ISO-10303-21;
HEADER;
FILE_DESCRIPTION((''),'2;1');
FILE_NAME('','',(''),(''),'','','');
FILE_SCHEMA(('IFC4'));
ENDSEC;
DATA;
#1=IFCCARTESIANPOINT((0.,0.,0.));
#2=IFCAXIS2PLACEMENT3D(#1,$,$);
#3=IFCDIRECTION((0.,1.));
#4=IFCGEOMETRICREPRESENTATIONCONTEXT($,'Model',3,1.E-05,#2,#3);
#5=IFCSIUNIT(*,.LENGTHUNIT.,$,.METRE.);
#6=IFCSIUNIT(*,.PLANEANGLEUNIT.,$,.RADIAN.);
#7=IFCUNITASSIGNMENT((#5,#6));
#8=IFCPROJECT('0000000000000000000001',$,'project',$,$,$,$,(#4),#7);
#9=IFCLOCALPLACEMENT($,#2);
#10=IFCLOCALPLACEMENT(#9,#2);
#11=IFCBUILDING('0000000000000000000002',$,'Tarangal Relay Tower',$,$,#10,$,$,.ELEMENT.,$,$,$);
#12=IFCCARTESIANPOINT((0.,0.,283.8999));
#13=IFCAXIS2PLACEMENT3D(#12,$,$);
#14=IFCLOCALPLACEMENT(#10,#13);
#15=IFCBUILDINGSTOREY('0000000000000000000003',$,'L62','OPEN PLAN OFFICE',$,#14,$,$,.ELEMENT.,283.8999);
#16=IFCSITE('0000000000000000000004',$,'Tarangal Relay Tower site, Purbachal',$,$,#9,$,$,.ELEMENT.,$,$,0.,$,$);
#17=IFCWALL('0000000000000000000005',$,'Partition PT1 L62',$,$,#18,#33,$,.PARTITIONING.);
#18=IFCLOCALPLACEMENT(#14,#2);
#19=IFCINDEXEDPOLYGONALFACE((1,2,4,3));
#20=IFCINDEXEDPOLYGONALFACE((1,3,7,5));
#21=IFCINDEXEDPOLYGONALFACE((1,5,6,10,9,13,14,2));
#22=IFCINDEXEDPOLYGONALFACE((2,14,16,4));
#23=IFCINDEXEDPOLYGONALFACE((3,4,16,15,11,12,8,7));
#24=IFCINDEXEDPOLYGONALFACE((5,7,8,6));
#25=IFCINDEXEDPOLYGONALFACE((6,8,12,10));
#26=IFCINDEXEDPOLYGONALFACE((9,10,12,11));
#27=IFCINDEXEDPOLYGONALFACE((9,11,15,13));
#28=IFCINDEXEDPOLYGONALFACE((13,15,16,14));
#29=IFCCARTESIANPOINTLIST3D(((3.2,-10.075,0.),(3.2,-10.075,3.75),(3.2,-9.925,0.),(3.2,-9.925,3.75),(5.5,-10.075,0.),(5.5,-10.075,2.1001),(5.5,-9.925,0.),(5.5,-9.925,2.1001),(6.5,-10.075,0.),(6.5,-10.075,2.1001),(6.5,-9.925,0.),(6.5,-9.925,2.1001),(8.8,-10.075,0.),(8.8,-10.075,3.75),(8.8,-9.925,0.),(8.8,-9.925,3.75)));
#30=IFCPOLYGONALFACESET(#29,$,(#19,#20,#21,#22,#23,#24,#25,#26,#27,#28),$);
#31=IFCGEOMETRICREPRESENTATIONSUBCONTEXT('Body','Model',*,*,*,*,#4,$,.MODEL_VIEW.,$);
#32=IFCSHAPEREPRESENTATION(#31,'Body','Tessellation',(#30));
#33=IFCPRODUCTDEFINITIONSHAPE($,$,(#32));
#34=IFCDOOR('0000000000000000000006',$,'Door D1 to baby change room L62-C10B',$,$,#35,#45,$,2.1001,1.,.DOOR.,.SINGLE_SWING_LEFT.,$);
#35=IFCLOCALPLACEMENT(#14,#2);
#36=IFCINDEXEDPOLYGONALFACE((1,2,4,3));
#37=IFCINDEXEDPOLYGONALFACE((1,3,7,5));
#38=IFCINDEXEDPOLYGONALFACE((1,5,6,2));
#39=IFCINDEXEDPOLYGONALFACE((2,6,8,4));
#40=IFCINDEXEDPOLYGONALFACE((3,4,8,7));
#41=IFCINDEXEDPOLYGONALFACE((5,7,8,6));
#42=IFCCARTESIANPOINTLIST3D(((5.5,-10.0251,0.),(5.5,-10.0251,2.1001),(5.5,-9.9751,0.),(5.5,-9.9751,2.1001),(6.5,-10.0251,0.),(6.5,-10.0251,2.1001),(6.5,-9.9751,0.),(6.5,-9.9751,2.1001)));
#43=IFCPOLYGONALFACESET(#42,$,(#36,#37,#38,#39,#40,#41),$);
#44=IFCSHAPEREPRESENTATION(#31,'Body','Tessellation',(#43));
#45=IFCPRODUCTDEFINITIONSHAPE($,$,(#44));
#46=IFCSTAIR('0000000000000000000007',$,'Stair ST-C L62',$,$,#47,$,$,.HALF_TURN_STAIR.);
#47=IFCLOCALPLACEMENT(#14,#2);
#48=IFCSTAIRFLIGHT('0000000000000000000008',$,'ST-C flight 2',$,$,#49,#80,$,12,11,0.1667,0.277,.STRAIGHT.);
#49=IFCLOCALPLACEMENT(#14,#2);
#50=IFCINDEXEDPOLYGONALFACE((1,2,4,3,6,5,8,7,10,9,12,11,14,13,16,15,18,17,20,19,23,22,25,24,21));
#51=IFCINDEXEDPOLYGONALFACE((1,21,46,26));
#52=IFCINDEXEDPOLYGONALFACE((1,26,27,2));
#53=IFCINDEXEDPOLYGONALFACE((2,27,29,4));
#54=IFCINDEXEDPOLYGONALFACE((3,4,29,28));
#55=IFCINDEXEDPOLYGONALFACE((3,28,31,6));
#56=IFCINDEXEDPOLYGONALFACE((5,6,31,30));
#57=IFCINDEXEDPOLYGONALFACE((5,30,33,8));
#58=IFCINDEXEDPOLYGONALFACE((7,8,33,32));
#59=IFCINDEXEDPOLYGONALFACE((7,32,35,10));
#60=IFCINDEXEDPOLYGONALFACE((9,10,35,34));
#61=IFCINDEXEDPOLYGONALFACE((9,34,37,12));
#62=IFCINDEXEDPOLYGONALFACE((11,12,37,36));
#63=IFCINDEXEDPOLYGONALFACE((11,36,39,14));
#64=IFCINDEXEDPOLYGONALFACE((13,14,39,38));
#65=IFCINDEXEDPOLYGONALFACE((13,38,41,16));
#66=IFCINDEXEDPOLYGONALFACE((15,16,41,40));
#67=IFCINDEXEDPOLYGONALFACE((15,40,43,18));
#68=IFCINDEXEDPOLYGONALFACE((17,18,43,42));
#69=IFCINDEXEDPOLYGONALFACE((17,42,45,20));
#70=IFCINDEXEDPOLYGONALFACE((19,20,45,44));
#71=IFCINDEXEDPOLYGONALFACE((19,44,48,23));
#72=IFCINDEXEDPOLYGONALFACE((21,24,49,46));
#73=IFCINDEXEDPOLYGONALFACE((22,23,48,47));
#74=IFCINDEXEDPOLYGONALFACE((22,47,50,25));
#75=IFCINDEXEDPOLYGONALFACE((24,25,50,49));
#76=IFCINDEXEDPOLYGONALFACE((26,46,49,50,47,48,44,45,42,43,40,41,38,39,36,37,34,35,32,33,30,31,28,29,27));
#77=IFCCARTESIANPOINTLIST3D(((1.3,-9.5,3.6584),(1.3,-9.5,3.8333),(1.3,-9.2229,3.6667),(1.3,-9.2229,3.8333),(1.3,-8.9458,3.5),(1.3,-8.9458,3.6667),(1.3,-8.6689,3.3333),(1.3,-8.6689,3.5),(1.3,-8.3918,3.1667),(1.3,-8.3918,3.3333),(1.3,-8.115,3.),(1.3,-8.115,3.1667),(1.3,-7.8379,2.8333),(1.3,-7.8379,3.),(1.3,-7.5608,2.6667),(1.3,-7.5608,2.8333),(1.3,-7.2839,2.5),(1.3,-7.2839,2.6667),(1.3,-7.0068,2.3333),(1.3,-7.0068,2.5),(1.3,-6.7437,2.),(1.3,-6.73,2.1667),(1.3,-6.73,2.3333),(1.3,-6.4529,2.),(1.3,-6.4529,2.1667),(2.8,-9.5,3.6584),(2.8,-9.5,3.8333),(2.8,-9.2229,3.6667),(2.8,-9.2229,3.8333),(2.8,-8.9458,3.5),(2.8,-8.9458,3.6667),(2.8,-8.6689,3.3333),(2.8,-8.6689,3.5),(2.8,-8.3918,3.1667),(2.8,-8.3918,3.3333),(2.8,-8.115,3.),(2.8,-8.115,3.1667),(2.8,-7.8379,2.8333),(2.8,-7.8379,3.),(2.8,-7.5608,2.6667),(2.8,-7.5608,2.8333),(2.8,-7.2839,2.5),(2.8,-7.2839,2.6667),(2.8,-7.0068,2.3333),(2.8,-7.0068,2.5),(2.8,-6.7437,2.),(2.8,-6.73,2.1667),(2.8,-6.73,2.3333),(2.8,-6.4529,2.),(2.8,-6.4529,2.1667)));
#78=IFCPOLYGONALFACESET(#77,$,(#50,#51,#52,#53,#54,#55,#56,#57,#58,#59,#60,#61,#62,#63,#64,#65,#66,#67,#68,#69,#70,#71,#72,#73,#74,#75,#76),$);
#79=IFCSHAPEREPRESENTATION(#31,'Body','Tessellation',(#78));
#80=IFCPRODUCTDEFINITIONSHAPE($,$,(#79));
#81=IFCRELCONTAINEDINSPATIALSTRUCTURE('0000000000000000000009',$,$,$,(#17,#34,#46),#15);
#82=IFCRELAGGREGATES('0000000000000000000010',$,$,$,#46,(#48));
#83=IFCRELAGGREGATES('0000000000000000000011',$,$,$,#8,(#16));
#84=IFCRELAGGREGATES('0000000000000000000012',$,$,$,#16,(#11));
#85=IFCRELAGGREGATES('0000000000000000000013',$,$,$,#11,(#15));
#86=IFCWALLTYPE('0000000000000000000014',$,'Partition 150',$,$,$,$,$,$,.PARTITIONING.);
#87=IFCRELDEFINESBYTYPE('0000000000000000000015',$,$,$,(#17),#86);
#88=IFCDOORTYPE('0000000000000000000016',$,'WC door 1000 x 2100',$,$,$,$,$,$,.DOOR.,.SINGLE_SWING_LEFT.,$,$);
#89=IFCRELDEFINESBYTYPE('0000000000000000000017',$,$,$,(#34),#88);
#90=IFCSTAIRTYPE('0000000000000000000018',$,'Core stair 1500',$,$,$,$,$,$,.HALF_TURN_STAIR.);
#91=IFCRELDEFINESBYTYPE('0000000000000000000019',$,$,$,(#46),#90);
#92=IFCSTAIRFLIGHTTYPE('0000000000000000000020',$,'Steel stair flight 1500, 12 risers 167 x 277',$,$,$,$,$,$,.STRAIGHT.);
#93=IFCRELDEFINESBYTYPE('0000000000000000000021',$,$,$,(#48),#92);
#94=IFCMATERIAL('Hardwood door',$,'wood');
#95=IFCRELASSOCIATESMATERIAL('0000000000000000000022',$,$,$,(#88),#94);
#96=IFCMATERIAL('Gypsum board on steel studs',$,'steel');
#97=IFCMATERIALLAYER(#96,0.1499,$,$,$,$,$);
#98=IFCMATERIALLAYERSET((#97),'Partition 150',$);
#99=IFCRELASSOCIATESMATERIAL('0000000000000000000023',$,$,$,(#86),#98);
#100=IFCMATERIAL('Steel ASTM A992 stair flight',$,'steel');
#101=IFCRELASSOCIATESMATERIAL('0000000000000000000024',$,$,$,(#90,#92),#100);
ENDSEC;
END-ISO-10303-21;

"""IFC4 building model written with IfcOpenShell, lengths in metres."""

from ifc_helpers import new_model, si_unit, direction, frame, frame_2d, origin, place, context, subcontext, project, spatial, polyline, rectangle, outline, extrude, material, layer, layer_set, type_object, element, fill, aggregate, save


model = new_model("IFC4")

# Units and contexts
model_context = context("Model", 3, precision=1e-05, world=origin(), true_north=direction((0.0, 1.0)))
body_context = subcontext(model_context, "Body", "Model", "MODEL_VIEW")
ifc_project = project(units=[si_unit("LENGTHUNIT", "METRE"), si_unit("PLANEANGLEUNIT", "RADIAN")], contexts=[model_context])

# Site, building, storey
site_placement = place(None, origin())
site = spatial("IfcSite", under=ifc_project, at=site_placement, Name="Tarangal Relay Tower site, Purbachal", CompositionType="ELEMENT", RefElevation=0.0)
building_placement = place(site_placement, origin())
building = spatial("IfcBuilding", under=site, at=building_placement, Name="Tarangal Relay Tower", CompositionType="ELEMENT")
storey_placement = place(building_placement, frame((0.0, 0.0, 283.8999)))
storey = spatial("IfcBuildingStorey", under=building, at=storey_placement, Name="L62", Description="OPEN PLAN OFFICE", CompositionType="ELEMENT", Elevation=283.8999)

# Shared definitions
ifc_material_1 = material(Name="Hardwood door", Category="wood")
door_type = type_object("IfcDoorType", Name="WC door 1000 x 2100", OperationType="SINGLE_SWING_LEFT", PredefinedType="DOOR", material=ifc_material_1)

# Shared definitions
ifc_material_2 = material(Name="Gypsum board on steel studs", Category="steel")
ifc_layer_1 = layer(ifc_material_2, 0.1499)
ifc_layer_set_1 = layer_set([ifc_layer_1], Name="Partition 150")
wall_type_1 = type_object("IfcWallType", Name="Partition 150", PredefinedType="PARTITIONING", material=ifc_layer_set_1)

# Wall, opening, door
wall_1_placement = place(storey_placement, frame((3.2, -10.0, 0.0), z_axis=(0.0, 0.0, 1.0), x_axis=(1.0, 0.0, 0.0)))
wall_1 = element("IfcWall", 1, at=wall_1_placement, inside=storey, type_object=wall_type_1, Name="Partition PT1 L62", PredefinedType="PARTITIONING", context=body_context, shape_type="SweptSolid", body=[
    extrude(rectangle(XDim=5.6001, YDim=0.1499, at=frame_2d((2.8, 0.0))), origin(), (0.0, 0.0, 1.0), 3.75),
])
opening_1_placement = place(wall_1_placement, frame((2.3, 0.0, 0.0)))
opening_1 = element("IfcOpeningElement", 2, at=opening_1_placement, cuts=wall_1, PredefinedType="OPENING", context=body_context, shape_type="SweptSolid", body=[
    extrude(rectangle(XDim=1.0, YDim=2.1001, at=frame_2d((0.5, 1.05))), frame((0.0, 0.085, 0.0), z_axis=(0.0, -1.0, 0.0), x_axis=(1.0, 0.0, 0.0)), (0.0, 0.0, 1.0), 0.1699),
])
door_1_placement = place(opening_1_placement, origin())
door_1 = element("IfcDoor", 3, at=door_1_placement, inside=storey, type_object=door_type, Name="Door D1 to baby change room L62-C10B", OperationType="SINGLE_SWING_LEFT", OverallHeight=2.1001, OverallWidth=1.0, PredefinedType="DOOR", context=body_context, shape_type="SweptSolid", body=[
    extrude(rectangle(XDim=1.0, YDim=2.1001, at=frame_2d((0.5, 1.05))), frame((0.0, 0.0249, 0.0), z_axis=(0.0, -1.0, 0.0), x_axis=(1.0, 0.0, 0.0)), (0.0, 0.0, 1.0), 0.05),
])
fill(opening_1, door_1)

# Stair, stair flight
ifc_material_3 = material(Name="Steel ASTM A992 stair flight", Category="steel")
stair_type = type_object("IfcStairType", Name="Core stair 1500", PredefinedType="HALF_TURN_STAIR", material=ifc_material_3)
stair_placement = place(storey_placement, origin())
stair = element("IfcStair", 4, at=stair_placement, inside=storey, type_object=stair_type, Name="Stair ST-C L62", PredefinedType="HALF_TURN_STAIR")
stair_flight_type = type_object("IfcStairFlightType", Name="Steel stair flight 1500, 12 risers 167 x 277", PredefinedType="STRAIGHT", material=ifc_material_3)
stair_flight_placement = place(storey_placement, frame((2.05, -6.4529, 2.0), z_axis=(0.0, 0.0, 1.0), x_axis=(0.0, -1.0, 0.0)))
stair_flight = element("IfcStairFlight", 5, at=stair_flight_placement, type_object=stair_flight_type, Name="ST-C flight 2", NumberOfRisers=12, NumberOfTreads=11, PredefinedType="STRAIGHT", RiserHeight=0.1667, TreadLength=0.277, context=body_context, shape_type="SweptSolid", body=[
    extrude(outline(polyline([(0.0, 0.0), (0.0, 0.1667), (0.2771, 0.1667), (0.2771, 0.3333), (0.554, 0.3333), (0.554, 0.5), (0.8311, 0.5), (0.8311, 0.6667), (1.1079, 0.6667), (1.1079, 0.8333), (1.385, 0.8333), (1.385, 1.0), (1.6621, 1.0), (1.6621, 1.1667), (1.939, 1.1667), (1.939, 1.3333), (2.2161, 1.3333), (2.2161, 1.5), (2.4929, 1.5), (2.4929, 1.6667), (2.77, 1.6667), (2.77, 1.8333), (3.0471, 1.8333), (3.0471, 2.0), (3.0471, 1.6584), (0.2908, 0.0), (0.0, 0.0)])), frame((0.0, 0.75, 0.0), z_axis=(0.0, -1.0, 0.0), x_axis=(1.0, 0.0, 0.0)), (0.0, 0.0, 1.0), 1.5),
])
aggregate(stair, [stair_flight])

save(model, "model.ifc")
